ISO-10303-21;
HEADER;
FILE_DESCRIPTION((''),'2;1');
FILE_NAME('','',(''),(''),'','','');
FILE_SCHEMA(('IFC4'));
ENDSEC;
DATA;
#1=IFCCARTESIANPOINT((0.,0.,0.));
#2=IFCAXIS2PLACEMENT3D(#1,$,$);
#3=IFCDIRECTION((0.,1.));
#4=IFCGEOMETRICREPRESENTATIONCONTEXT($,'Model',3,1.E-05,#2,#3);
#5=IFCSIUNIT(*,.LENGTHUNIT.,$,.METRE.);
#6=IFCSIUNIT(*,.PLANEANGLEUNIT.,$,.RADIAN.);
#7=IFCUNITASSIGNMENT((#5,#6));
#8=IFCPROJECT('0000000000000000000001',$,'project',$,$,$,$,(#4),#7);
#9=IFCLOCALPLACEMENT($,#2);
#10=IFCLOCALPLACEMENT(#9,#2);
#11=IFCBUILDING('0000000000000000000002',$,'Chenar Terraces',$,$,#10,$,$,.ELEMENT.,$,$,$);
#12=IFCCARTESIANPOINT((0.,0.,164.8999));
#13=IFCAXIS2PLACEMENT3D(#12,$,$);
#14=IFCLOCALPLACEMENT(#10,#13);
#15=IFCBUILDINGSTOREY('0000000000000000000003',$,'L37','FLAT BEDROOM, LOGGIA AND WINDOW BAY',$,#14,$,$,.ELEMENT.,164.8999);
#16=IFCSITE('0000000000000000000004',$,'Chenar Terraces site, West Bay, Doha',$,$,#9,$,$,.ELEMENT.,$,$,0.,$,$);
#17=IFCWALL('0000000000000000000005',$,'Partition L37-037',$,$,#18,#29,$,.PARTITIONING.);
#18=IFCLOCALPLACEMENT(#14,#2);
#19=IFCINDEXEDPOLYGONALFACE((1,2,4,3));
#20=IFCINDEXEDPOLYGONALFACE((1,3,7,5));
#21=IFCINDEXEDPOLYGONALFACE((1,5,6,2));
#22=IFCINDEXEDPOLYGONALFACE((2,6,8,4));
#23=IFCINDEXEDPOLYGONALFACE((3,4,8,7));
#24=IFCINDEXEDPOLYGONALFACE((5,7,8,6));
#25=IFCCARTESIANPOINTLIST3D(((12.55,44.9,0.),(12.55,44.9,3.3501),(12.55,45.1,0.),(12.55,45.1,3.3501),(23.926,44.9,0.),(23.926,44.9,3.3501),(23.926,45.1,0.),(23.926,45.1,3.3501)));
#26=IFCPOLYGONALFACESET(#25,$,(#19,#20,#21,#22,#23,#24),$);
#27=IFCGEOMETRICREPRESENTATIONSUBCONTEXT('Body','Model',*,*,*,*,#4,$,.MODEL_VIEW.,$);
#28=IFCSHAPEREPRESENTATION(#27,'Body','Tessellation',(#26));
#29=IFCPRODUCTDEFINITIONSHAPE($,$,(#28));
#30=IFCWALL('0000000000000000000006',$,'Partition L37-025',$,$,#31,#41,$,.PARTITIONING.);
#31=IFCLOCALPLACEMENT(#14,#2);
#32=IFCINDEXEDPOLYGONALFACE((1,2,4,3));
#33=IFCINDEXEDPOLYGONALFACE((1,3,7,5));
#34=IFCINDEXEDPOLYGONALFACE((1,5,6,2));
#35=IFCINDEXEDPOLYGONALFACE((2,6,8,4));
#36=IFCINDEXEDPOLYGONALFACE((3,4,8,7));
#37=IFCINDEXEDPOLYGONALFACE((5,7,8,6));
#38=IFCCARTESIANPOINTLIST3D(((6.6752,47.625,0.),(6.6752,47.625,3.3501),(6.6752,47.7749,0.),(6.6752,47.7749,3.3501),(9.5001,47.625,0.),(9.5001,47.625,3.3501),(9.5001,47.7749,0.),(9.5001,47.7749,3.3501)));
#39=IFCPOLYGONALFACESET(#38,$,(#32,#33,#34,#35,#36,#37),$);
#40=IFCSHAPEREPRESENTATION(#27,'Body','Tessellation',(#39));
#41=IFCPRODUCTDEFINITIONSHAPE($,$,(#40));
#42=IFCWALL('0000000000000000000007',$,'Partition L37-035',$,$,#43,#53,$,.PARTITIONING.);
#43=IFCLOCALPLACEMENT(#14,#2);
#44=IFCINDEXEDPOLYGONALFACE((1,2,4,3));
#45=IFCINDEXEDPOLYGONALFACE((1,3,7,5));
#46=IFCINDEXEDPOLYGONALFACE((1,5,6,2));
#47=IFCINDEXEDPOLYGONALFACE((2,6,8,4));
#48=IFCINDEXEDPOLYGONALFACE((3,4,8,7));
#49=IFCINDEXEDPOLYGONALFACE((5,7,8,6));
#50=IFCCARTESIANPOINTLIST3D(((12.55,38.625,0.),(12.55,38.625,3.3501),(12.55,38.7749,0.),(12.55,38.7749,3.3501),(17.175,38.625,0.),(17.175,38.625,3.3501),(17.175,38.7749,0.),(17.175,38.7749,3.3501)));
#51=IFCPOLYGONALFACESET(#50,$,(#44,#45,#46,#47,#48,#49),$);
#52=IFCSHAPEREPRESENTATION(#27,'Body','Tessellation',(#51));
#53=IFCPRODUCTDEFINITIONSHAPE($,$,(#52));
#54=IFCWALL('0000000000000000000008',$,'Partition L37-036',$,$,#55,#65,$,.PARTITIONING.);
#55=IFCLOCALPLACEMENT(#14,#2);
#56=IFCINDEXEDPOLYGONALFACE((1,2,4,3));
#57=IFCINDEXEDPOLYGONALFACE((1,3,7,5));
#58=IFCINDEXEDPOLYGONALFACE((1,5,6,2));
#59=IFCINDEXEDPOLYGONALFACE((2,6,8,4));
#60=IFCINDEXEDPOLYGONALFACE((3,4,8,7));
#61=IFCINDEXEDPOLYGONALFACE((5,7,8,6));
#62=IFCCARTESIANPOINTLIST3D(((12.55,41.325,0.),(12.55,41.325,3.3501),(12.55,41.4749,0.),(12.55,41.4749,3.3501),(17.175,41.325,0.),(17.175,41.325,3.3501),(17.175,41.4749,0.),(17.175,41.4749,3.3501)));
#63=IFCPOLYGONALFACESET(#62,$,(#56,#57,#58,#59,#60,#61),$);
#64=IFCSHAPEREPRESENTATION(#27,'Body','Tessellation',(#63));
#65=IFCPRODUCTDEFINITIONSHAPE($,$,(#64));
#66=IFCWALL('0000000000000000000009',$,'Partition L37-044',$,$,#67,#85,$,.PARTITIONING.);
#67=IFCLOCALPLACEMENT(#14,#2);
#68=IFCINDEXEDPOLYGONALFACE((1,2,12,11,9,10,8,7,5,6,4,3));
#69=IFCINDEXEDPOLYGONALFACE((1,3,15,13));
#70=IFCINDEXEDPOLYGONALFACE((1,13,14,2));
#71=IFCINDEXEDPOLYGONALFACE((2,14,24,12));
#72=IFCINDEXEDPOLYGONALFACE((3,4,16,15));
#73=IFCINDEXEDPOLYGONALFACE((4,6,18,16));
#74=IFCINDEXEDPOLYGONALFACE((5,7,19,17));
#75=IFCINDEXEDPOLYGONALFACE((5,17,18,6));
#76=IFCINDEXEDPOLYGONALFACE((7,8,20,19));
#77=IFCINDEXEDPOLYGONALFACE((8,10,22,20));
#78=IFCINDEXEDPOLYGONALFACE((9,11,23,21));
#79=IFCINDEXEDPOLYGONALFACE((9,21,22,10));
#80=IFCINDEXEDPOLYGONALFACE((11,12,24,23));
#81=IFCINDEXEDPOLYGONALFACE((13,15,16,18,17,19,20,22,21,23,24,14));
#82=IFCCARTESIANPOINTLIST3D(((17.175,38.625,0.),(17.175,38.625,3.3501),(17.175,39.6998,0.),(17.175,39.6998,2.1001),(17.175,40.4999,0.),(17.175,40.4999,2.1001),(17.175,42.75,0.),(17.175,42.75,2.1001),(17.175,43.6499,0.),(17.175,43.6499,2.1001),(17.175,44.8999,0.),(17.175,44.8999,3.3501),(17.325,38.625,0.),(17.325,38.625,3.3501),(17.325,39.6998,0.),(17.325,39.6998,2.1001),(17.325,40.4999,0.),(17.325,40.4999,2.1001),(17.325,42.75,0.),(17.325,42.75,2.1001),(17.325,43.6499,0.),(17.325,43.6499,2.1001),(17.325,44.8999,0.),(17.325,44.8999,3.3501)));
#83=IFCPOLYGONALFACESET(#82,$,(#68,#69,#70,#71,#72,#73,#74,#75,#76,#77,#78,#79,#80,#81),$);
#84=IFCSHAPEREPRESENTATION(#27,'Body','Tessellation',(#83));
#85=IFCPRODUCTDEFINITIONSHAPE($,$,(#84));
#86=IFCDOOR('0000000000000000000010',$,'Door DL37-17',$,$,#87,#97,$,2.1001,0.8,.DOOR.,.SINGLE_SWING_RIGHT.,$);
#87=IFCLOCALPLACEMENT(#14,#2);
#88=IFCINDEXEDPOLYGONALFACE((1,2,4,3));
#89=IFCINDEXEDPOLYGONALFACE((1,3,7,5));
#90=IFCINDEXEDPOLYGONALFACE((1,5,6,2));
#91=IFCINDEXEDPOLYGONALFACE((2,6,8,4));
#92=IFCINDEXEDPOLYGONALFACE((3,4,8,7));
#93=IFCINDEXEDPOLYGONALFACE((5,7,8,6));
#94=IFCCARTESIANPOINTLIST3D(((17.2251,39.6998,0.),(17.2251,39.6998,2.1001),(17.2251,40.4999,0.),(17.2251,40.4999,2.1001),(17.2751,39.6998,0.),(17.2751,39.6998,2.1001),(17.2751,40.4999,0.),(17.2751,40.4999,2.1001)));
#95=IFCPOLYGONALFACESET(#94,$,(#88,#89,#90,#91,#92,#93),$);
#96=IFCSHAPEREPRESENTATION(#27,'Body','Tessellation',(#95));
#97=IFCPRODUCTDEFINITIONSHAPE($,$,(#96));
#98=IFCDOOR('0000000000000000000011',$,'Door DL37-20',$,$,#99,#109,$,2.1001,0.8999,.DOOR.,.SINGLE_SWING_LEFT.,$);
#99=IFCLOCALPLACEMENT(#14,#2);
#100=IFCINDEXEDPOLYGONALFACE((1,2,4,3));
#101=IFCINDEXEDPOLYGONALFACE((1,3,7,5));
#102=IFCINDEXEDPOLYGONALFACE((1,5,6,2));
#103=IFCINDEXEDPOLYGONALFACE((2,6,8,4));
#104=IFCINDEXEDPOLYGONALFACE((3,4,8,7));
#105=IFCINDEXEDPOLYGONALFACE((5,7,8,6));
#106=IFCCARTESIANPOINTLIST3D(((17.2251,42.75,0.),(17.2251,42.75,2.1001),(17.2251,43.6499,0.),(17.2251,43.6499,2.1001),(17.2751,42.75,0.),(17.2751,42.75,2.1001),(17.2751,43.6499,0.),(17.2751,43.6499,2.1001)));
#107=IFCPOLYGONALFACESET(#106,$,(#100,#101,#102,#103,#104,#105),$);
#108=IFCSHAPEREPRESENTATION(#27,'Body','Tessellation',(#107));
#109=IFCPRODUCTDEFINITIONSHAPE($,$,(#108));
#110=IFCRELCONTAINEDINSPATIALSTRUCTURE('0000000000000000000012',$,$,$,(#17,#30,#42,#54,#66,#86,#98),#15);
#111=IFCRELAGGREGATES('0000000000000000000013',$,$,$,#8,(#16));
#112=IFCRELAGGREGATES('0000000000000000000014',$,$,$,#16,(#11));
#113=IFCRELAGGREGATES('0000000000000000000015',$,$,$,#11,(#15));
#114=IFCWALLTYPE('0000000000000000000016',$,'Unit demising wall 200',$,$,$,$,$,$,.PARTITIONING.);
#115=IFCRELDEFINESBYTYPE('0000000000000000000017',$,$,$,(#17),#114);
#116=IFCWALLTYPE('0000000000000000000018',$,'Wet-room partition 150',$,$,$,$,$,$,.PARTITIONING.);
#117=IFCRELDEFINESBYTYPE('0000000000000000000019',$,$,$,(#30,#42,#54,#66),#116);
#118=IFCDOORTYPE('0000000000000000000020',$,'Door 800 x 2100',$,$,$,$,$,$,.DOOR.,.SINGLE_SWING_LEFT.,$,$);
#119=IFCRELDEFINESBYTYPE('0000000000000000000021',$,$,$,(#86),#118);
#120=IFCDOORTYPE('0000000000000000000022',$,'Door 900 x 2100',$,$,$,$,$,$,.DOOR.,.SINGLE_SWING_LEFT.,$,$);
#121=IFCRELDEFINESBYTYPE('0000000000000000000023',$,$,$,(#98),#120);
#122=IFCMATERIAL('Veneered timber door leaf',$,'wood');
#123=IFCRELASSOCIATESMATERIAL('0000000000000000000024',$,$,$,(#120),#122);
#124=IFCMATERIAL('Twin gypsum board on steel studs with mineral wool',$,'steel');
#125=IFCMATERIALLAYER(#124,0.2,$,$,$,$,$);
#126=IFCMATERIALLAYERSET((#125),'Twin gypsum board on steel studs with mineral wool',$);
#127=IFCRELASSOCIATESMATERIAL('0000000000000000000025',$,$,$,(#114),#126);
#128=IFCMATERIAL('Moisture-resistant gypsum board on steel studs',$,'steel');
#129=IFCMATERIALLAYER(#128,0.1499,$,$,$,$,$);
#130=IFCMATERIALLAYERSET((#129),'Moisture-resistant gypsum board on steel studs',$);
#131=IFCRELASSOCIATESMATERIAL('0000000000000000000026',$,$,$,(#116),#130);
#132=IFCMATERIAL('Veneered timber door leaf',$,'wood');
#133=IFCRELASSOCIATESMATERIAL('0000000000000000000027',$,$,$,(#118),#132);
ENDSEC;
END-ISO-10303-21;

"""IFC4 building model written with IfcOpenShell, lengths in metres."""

from ifc_helpers import new_model, si_unit, direction, frame, frame_2d, origin, place, context, subcontext, project, spatial, rectangle, extrude, material, layer, layer_set, type_object, element, fill, save


model = new_model("IFC4")

# Units and contexts
model_context = context("Model", 3, precision=1e-05, world=origin(), true_north=direction((0.0, 1.0)))
body_context = subcontext(model_context, "Body", "Model", "MODEL_VIEW")
ifc_project = project(units=[si_unit("LENGTHUNIT", "METRE"), si_unit("PLANEANGLEUNIT", "RADIAN")], contexts=[model_context])

# Site, building, storey
site_placement = place(None, origin())
site = spatial("IfcSite", under=ifc_project, at=site_placement, Name="Chenar Terraces site, West Bay, Doha", CompositionType="ELEMENT", RefElevation=0.0)
building_placement = place(site_placement, origin())
building = spatial("IfcBuilding", under=site, at=building_placement, Name="Chenar Terraces", CompositionType="ELEMENT")
storey_placement = place(building_placement, frame((0.0, 0.0, 164.8999)))
storey = spatial("IfcBuildingStorey", under=building, at=storey_placement, Name="L37", Description="FLAT BEDROOM, LOGGIA AND WINDOW BAY", CompositionType="ELEMENT", Elevation=164.8999)

# Shared definitions
ifc_material_1 = material(Name="Veneered timber door leaf", Category="wood")
door_type_1 = type_object("IfcDoorType", Name="Door 900 x 2100", OperationType="SINGLE_SWING_LEFT", PredefinedType="DOOR", material=ifc_material_1)

# Walls
ifc_material_2 = material(Name="Twin gypsum board on steel studs with mineral wool", Category="steel")
ifc_layer_1 = layer(ifc_material_2, 0.2)
ifc_layer_set_1 = layer_set([ifc_layer_1], Name="Twin gypsum board on steel studs with mineral wool")
wall_type_1 = type_object("IfcWallType", Name="Unit demising wall 200", PredefinedType="PARTITIONING", material=ifc_layer_set_1)
wall_1_placement = place(storey_placement, frame((12.55, 45.0, 0.0), z_axis=(0.0, 0.0, 1.0), x_axis=(1.0, 0.0, 0.0)))
element("IfcWall", 1, at=wall_1_placement, inside=storey, type_object=wall_type_1, Name="Partition L37-037", PredefinedType="PARTITIONING", context=body_context, shape_type="SweptSolid", body=[
    extrude(rectangle(XDim=11.376, YDim=0.2, at=frame_2d((5.688, 0.0))), origin(), (0.0, 0.0, 1.0), 3.3501),
])
ifc_material_3 = material(Name="Moisture-resistant gypsum board on steel studs", Category="steel")
ifc_layer_2 = layer(ifc_material_3, 0.1499)
ifc_layer_set_2 = layer_set([ifc_layer_2], Name="Moisture-resistant gypsum board on steel studs")
wall_type_2 = type_object("IfcWallType", Name="Wet-room partition 150", PredefinedType="PARTITIONING", material=ifc_layer_set_2)
wall_2_placement = place(storey_placement, frame((6.675, 47.7, 0.0), z_axis=(0.0, 0.0, 1.0), x_axis=(1.0, 0.0, 0.0)))
element("IfcWall", 2, at=wall_2_placement, inside=storey, type_object=wall_type_2, Name="Partition L37-025", PredefinedType="PARTITIONING", context=body_context, shape_type="SweptSolid", body=[
    extrude(rectangle(XDim=2.825, YDim=0.1499, at=frame_2d((1.4126, 0.0))), origin(), (0.0, 0.0, 1.0), 3.3501),
])
for number, where, z_axis, x_axis, name in (
    (3, (12.55, 38.7, 0.0), (0.0, 0.0, 1.0), (1.0, 0.0, 0.0), "Partition L37-035"),
    (4, (12.55, 41.3999, 0.0), (0.0, 0.0, 1.0), (1.0, 0.0, 0.0), "Partition L37-036"),
):
    element("IfcWall", number, at=place(storey_placement, frame(where, z_axis=z_axis, x_axis=x_axis)), inside=storey, type_object=wall_type_2, Name=name, PredefinedType="PARTITIONING", context=body_context, shape_type="SweptSolid", body=[
        extrude(rectangle(XDim=4.625, YDim=0.1499, at=frame_2d((2.3125, 0.0))), origin(), (0.0, 0.0, 1.0), 3.3501),
    ])

# Wall, openings, doors
wall_3_placement = place(storey_placement, frame((17.25, 38.625, 0.0), z_axis=(0.0, 0.0, 1.0), x_axis=(0.0, 1.0, 0.0)))
wall_3 = element("IfcWall", 5, at=wall_3_placement, inside=storey, type_object=wall_type_2, Name="Partition L37-044", PredefinedType="PARTITIONING", context=body_context, shape_type="SweptSolid", body=[
    extrude(rectangle(XDim=6.2749, YDim=0.1499, at=frame_2d((3.1375, 0.0))), origin(), (0.0, 0.0, 1.0), 3.3501),
])
opening_1_placement = place(wall_3_placement, frame((1.075, 0.0, 0.0)))
opening_1 = element("IfcOpeningElement", 6, at=opening_1_placement, cuts=wall_3, PredefinedType="OPENING", context=body_context, shape_type="SweptSolid", body=[
    extrude(rectangle(XDim=0.8, YDim=2.1001, at=frame_2d((0.3999, 1.05))), frame((0.0, 0.085, 0.0), z_axis=(0.0, -1.0, 0.0), x_axis=(1.0, 0.0, 0.0)), (0.0, 0.0, 1.0), 0.1699),
])
opening_2_placement = place(wall_3_placement, frame((4.125, 0.0, 0.0)))
opening_2 = element("IfcOpeningElement", 7, at=opening_2_placement, cuts=wall_3, PredefinedType="OPENING", context=body_context, shape_type="SweptSolid", body=[
    extrude(rectangle(XDim=0.8999, YDim=2.1001, at=frame_2d((0.45, 1.05))), frame((0.0, 0.085, 0.0), z_axis=(0.0, -1.0, 0.0), x_axis=(1.0, 0.0, 0.0)), (0.0, 0.0, 1.0), 0.1699),
])
ifc_material_4 = material(Name="Veneered timber door leaf", Category="wood")
door_type_2 = type_object("IfcDoorType", Name="Door 800 x 2100", OperationType="SINGLE_SWING_LEFT", PredefinedType="DOOR", material=ifc_material_4)
door_1_placement = place(opening_1_placement, origin())
door_1 = element("IfcDoor", 8, at=door_1_placement, inside=storey, type_object=door_type_2, Name="Door DL37-17", OperationType="SINGLE_SWING_RIGHT", OverallHeight=2.1001, OverallWidth=0.8, PredefinedType="DOOR", context=body_context, shape_type="SweptSolid", body=[
    extrude(rectangle(XDim=0.8, YDim=2.1001, at=frame_2d((0.3999, 1.05))), frame((0.0, 0.0249, 0.0), z_axis=(0.0, -1.0, 0.0), x_axis=(1.0, 0.0, 0.0)), (0.0, 0.0, 1.0), 0.05),
])
fill(opening_1, door_1)
door_2_placement = place(opening_2_placement, origin())
door_2 = element("IfcDoor", 9, at=door_2_placement, inside=storey, type_object=door_type_1, Name="Door DL37-20", OperationType="SINGLE_SWING_LEFT", OverallHeight=2.1001, OverallWidth=0.8999, PredefinedType="DOOR", context=body_context, shape_type="SweptSolid", body=[
    extrude(rectangle(XDim=0.8999, YDim=2.1001, at=frame_2d((0.45, 1.05))), frame((0.0, 0.0249, 0.0), z_axis=(0.0, -1.0, 0.0), x_axis=(1.0, 0.0, 0.0)), (0.0, 0.0, 1.0), 0.05),
])
fill(opening_2, door_2)

save(model, "model.ifc")
